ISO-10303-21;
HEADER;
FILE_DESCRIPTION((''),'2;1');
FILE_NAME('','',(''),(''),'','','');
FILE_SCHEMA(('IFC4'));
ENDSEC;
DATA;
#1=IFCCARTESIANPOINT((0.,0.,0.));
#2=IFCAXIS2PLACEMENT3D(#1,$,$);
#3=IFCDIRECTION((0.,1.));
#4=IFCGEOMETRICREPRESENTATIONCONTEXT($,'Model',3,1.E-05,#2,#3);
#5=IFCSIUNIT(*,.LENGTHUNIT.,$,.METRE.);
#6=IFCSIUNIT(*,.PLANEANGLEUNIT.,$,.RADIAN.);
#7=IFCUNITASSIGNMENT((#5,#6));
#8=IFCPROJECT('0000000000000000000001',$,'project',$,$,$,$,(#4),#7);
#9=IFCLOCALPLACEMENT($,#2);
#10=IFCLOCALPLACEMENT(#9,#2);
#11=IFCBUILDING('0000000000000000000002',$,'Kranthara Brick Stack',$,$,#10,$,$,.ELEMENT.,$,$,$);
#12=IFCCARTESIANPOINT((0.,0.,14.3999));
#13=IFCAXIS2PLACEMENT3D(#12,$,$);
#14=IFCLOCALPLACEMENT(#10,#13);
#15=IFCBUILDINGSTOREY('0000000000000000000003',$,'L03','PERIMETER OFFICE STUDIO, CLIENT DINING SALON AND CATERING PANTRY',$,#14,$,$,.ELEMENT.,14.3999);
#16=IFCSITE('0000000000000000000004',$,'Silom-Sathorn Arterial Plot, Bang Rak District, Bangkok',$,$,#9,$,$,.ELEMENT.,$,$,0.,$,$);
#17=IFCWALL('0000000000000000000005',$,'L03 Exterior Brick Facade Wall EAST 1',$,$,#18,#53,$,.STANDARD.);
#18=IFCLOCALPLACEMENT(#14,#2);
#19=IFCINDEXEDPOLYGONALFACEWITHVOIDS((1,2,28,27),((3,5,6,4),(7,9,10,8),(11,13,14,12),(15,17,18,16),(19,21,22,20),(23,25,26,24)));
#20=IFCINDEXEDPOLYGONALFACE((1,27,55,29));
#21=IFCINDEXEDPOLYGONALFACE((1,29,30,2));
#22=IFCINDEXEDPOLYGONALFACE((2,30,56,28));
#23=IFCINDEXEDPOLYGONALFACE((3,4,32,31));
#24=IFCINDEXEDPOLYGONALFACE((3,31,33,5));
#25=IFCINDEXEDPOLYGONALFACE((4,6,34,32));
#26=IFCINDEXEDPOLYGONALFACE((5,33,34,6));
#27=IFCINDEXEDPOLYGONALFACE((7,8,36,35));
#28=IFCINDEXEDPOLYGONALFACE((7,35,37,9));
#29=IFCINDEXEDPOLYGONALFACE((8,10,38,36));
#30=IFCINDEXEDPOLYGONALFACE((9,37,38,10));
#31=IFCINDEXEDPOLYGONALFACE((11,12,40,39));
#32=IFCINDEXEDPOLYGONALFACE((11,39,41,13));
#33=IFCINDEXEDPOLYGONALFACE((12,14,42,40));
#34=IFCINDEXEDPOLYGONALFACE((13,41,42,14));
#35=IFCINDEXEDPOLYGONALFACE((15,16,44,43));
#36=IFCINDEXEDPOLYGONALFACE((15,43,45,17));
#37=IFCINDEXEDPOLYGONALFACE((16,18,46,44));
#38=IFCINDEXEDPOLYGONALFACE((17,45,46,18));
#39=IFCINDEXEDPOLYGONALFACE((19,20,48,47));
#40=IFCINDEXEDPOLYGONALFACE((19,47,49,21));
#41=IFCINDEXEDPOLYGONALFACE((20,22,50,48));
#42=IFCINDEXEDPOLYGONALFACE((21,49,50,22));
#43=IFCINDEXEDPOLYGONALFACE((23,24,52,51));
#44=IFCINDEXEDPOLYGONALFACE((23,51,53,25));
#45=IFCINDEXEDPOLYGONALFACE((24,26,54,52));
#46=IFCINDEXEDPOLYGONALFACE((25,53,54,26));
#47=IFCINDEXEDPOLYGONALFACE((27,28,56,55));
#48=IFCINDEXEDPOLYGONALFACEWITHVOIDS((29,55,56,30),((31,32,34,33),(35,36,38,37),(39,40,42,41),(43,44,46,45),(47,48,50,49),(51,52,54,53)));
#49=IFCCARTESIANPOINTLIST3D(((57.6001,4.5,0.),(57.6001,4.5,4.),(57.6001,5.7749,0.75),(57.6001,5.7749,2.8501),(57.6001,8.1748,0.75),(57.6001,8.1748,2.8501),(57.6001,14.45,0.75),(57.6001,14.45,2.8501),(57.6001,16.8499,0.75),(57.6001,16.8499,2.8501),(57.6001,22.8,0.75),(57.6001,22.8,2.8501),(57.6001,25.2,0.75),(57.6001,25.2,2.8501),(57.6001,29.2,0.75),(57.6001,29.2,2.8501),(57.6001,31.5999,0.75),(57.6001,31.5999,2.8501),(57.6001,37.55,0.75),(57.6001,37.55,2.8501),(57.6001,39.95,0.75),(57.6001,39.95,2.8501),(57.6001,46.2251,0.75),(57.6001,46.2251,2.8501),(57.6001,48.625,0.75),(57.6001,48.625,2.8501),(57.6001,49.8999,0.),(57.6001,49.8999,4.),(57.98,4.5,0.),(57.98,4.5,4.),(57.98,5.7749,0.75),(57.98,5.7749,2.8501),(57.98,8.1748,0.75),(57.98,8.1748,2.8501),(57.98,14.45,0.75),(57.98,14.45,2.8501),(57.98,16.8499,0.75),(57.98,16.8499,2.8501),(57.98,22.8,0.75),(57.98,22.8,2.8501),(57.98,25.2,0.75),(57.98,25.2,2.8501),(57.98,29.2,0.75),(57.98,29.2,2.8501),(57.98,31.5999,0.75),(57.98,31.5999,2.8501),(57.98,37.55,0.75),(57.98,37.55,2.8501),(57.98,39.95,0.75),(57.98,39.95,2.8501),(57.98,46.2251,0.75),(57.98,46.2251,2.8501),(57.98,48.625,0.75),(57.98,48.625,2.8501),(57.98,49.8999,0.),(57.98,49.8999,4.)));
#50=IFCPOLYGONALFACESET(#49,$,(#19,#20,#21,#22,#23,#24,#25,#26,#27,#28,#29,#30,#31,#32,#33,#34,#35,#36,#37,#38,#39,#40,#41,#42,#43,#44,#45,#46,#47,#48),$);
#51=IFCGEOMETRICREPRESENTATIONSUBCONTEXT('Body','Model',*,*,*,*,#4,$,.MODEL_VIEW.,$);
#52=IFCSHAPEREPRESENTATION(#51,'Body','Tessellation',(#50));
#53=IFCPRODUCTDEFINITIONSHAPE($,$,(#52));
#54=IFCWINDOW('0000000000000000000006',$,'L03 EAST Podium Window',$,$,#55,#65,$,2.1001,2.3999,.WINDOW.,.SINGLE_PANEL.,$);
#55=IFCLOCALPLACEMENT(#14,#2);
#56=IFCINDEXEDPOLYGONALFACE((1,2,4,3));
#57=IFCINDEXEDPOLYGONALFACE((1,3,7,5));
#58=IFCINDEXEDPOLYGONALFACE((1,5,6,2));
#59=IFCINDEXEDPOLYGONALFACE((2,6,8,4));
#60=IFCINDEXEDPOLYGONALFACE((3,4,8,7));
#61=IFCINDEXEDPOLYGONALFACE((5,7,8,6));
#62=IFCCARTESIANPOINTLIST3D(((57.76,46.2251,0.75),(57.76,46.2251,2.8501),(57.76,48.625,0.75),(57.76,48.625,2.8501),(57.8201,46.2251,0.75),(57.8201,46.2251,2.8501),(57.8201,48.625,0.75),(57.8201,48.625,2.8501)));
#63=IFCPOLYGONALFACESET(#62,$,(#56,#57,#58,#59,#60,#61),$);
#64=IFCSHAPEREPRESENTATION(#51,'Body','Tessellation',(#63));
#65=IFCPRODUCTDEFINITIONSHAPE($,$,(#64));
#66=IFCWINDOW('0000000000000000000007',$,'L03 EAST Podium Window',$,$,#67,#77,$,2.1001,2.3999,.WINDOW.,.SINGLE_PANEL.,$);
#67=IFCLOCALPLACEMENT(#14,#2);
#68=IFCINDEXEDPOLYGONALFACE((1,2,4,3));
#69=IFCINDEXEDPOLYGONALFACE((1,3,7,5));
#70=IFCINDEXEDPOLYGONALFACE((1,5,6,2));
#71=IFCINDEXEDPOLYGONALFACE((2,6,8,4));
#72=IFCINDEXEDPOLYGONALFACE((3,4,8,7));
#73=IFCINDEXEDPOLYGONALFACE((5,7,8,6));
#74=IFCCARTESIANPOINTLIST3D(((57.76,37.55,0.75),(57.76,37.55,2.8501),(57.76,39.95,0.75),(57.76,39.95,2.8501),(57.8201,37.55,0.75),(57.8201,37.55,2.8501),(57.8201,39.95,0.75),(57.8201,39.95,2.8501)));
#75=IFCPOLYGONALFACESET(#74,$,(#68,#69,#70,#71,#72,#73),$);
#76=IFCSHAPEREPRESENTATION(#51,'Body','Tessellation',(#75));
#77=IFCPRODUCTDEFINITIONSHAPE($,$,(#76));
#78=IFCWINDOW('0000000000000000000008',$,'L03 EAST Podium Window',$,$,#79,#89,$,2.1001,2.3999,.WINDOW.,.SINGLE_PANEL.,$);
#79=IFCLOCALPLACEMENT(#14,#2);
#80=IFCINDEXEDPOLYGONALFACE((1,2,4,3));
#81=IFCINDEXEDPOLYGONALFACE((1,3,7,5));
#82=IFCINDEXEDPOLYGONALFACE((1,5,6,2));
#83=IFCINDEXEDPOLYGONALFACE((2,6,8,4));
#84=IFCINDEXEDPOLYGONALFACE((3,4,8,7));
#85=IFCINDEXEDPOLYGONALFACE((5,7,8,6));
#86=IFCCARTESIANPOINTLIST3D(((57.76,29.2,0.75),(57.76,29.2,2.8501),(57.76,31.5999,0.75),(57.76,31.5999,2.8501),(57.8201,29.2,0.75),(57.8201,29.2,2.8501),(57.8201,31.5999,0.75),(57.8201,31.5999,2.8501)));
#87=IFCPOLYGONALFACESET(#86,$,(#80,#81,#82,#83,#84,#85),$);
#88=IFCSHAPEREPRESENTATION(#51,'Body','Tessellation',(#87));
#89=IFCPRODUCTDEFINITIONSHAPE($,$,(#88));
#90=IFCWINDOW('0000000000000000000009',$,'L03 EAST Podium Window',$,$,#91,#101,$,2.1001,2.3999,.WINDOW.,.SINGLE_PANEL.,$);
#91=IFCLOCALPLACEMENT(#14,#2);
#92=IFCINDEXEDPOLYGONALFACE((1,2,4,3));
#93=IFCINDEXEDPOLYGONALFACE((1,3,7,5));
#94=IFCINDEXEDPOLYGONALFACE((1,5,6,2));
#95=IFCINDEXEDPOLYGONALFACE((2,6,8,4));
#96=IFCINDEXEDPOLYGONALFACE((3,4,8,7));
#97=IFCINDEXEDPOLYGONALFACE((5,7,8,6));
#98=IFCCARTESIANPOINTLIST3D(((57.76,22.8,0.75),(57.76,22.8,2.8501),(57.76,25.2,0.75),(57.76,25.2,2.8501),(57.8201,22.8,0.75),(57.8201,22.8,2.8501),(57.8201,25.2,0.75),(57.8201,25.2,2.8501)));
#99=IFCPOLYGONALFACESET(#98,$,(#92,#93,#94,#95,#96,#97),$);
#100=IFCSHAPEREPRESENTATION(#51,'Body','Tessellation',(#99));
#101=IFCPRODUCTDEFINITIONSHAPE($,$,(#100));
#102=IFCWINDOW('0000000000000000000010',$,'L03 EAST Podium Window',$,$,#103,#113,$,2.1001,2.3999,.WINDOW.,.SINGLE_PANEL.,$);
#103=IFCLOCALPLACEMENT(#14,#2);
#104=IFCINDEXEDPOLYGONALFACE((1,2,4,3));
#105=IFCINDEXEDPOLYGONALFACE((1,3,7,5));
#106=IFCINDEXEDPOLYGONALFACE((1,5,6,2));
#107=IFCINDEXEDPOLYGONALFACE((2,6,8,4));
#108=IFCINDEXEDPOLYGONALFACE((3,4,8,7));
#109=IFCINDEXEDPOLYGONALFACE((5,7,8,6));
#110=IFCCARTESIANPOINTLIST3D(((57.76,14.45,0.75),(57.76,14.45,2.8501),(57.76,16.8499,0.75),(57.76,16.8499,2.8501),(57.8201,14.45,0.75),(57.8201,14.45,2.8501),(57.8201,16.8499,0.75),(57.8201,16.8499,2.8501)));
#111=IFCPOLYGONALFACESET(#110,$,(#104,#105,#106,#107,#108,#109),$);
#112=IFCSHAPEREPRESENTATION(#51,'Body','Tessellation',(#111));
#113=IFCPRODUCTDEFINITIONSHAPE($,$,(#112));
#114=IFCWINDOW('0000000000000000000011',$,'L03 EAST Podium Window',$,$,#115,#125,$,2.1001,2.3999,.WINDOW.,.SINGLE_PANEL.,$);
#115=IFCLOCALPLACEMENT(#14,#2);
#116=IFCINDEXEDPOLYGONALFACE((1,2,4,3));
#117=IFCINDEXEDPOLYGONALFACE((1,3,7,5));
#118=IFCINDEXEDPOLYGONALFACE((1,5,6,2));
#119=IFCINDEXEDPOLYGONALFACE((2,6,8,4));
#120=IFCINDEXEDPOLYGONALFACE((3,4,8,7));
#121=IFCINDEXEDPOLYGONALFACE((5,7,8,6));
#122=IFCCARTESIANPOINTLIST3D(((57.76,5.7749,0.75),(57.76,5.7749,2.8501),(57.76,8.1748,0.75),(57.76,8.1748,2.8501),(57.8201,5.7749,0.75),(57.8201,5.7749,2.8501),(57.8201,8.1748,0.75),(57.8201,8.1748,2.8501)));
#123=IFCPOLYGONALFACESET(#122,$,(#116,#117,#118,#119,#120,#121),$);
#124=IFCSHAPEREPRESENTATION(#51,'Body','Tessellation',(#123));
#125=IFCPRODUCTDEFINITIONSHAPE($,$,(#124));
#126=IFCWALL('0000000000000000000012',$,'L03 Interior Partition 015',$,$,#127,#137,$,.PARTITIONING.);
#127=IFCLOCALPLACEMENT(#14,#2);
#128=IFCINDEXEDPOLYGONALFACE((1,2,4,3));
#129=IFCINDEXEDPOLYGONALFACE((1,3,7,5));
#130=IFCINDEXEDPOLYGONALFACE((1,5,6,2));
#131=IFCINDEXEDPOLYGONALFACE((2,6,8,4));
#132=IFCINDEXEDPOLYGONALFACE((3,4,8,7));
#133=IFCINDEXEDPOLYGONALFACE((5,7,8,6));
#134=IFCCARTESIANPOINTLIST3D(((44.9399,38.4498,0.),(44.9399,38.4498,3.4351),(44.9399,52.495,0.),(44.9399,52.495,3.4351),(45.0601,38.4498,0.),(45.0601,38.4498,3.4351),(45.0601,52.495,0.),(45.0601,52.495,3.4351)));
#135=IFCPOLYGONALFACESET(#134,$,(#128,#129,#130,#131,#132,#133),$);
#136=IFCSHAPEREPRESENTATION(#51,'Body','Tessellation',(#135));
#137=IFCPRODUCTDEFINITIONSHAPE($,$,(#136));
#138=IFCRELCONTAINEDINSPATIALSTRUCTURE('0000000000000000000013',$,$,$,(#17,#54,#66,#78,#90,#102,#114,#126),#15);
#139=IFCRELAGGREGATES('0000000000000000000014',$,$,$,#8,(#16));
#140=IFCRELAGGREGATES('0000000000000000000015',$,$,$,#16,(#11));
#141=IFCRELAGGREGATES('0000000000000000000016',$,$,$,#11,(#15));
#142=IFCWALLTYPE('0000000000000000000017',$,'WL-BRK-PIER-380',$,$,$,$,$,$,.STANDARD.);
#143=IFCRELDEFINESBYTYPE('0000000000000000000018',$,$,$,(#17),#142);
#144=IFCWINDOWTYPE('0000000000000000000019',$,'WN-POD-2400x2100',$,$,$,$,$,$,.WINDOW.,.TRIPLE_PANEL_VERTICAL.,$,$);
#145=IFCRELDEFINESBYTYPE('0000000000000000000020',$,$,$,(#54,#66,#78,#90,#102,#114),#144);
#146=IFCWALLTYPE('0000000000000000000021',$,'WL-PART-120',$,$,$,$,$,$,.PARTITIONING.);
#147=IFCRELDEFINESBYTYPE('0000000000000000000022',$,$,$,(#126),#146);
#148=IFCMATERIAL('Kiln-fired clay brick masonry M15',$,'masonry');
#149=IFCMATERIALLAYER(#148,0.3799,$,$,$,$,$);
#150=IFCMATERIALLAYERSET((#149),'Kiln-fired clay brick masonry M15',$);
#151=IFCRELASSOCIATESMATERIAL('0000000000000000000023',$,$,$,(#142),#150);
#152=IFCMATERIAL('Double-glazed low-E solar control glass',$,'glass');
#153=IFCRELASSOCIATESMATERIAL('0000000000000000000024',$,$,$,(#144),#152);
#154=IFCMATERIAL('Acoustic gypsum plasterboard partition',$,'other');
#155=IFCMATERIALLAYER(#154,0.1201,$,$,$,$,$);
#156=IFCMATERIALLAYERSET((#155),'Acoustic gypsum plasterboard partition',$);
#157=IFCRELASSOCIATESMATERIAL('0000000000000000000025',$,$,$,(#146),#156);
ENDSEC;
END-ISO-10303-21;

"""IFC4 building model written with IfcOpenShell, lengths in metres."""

from ifc_helpers import new_model, si_unit, direction, frame, frame_2d, origin, place, context, subcontext, project, spatial, rectangle, extrude, material, layer, layer_set, type_object, element, fill, save


model = new_model("IFC4")

# Units and contexts
model_context = context("Model", 3, precision=1e-05, world=origin(), true_north=direction((0.0, 1.0)))
body_context = subcontext(model_context, "Body", "Model", "MODEL_VIEW")
ifc_project = project(units=[si_unit("LENGTHUNIT", "METRE"), si_unit("PLANEANGLEUNIT", "RADIAN")], contexts=[model_context])

# Site, building, storey
site_placement = place(None, origin())
site = spatial("IfcSite", under=ifc_project, at=site_placement, Name="Silom-Sathorn Arterial Plot, Bang Rak District, Bangkok", CompositionType="ELEMENT", RefElevation=0.0)
building_placement = place(site_placement, origin())
building = spatial("IfcBuilding", under=site, at=building_placement, Name="Kranthara Brick Stack", CompositionType="ELEMENT")
storey_placement = place(building_placement, frame((0.0, 0.0, 14.3999)))
storey = spatial("IfcBuildingStorey", under=building, at=storey_placement, Name="L03", Description="PERIMETER OFFICE STUDIO, CLIENT DINING SALON AND CATERING PANTRY", CompositionType="ELEMENT", Elevation=14.3999)

# Shared definitions
ifc_material_1 = material(Name="Kiln-fired clay brick masonry M15", Category="masonry")
ifc_layer_1 = layer(ifc_material_1, 0.3799)
ifc_layer_set_1 = layer_set([ifc_layer_1], Name="Kiln-fired clay brick masonry M15")
wall_type_1 = type_object("IfcWallType", Name="WL-BRK-PIER-380", PredefinedType="STANDARD", material=ifc_layer_set_1)

# Wall, openings, windows
wall_1_placement = place(storey_placement, frame((57.79, 49.8999, 0.0), z_axis=(0.0, 0.0, 1.0), x_axis=(0.0, -1.0, 0.0)))
wall_1 = element("IfcWall", 1, at=wall_1_placement, inside=storey, type_object=wall_type_1, Name="L03 Exterior Brick Facade Wall EAST 1", PredefinedType="STANDARD", context=body_context, shape_type="SweptSolid", body=[
    extrude(rectangle(XDim=45.3999, YDim=0.3799, at=frame_2d((22.7, 0.0))), origin(), (0.0, 0.0, 1.0), 4.0),
])
opening_1_placement = place(wall_1_placement, frame((1.2749, 0.0, 0.75)))
opening_1 = element("IfcOpeningElement", 2, at=opening_1_placement, cuts=wall_1, PredefinedType="OPENING", context=body_context, shape_type="SweptSolid", body=[
    extrude(rectangle(XDim=2.3999, YDim=2.1001, at=frame_2d((1.2, 1.05))), frame((0.0, 0.2, 0.0), z_axis=(0.0, -1.0, 0.0), x_axis=(1.0, 0.0, 0.0)), (0.0, 0.0, 1.0), 0.3999),
])
opening_2_placement = place(wall_1_placement, frame((9.95, 0.0, 0.75)))
opening_2 = element("IfcOpeningElement", 3, at=opening_2_placement, cuts=wall_1, PredefinedType="OPENING", context=body_context, shape_type="SweptSolid", body=[
    extrude(rectangle(XDim=2.3999, YDim=2.1001, at=frame_2d((1.2, 1.05))), frame((0.0, 0.2, 0.0), z_axis=(0.0, -1.0, 0.0), x_axis=(1.0, 0.0, 0.0)), (0.0, 0.0, 1.0), 0.3999),
])
opening_3_placement = place(wall_1_placement, frame((18.3, 0.0, 0.75)))
opening_3 = element("IfcOpeningElement", 4, at=opening_3_placement, cuts=wall_1, PredefinedType="OPENING", context=body_context, shape_type="SweptSolid", body=[
    extrude(rectangle(XDim=2.3999, YDim=2.1001, at=frame_2d((1.2, 1.05))), frame((0.0, 0.2, 0.0), z_axis=(0.0, -1.0, 0.0), x_axis=(1.0, 0.0, 0.0)), (0.0, 0.0, 1.0), 0.3999),
])
opening_4_placement = place(wall_1_placement, frame((24.7, 0.0, 0.75)))
opening_4 = element("IfcOpeningElement", 5, at=opening_4_placement, cuts=wall_1, PredefinedType="OPENING", context=body_context, shape_type="SweptSolid", body=[
    extrude(rectangle(XDim=2.3999, YDim=2.1001, at=frame_2d((1.2, 1.05))), frame((0.0, 0.2, 0.0), z_axis=(0.0, -1.0, 0.0), x_axis=(1.0, 0.0, 0.0)), (0.0, 0.0, 1.0), 0.3999),
])
opening_5_placement = place(wall_1_placement, frame((33.05, 0.0, 0.75)))
opening_5 = element("IfcOpeningElement", 6, at=opening_5_placement, cuts=wall_1, PredefinedType="OPENING", context=body_context, shape_type="SweptSolid", body=[
    extrude(rectangle(XDim=2.3999, YDim=2.1001, at=frame_2d((1.2, 1.05))), frame((0.0, 0.2, 0.0), z_axis=(0.0, -1.0, 0.0), x_axis=(1.0, 0.0, 0.0)), (0.0, 0.0, 1.0), 0.3999),
])
opening_6_placement = place(wall_1_placement, frame((41.7251, 0.0, 0.75)))
opening_6 = element("IfcOpeningElement", 7, at=opening_6_placement, cuts=wall_1, PredefinedType="OPENING", context=body_context, shape_type="SweptSolid", body=[
    extrude(rectangle(XDim=2.3999, YDim=2.1001, at=frame_2d((1.2, 1.05))), frame((0.0, 0.2, 0.0), z_axis=(0.0, -1.0, 0.0), x_axis=(1.0, 0.0, 0.0)), (0.0, 0.0, 1.0), 0.3999),
])
ifc_material_2 = material(Name="Double-glazed low-E solar control glass", Category="glass")
window_type = type_object("IfcWindowType", Name="WN-POD-2400x2100", PartitioningType="TRIPLE_PANEL_VERTICAL", PredefinedType="WINDOW", material=ifc_material_2)
window_1_placement = place(opening_1_placement, origin())
window_1 = element("IfcWindow", 8, at=window_1_placement, inside=storey, type_object=window_type, Name="L03 EAST Podium Window", OverallHeight=2.1001, OverallWidth=2.3999, PartitioningType="SINGLE_PANEL", PredefinedType="WINDOW", context=body_context, shape_type="SweptSolid", body=[
    extrude(rectangle(XDim=2.3999, YDim=2.1001, at=frame_2d((1.2, 1.05))), frame((0.0, 0.03, 0.0), z_axis=(0.0, -1.0, 0.0), x_axis=(1.0, 0.0, 0.0)), (0.0, 0.0, 1.0), 0.0601),
])
fill(opening_1, window_1)
window_2_placement = place(opening_2_placement, origin())
window_2 = element("IfcWindow", 9, at=window_2_placement, inside=storey, type_object=window_type, Name="L03 EAST Podium Window", OverallHeight=2.1001, OverallWidth=2.3999, PartitioningType="SINGLE_PANEL", PredefinedType="WINDOW", context=body_context, shape_type="SweptSolid", body=[
    extrude(rectangle(XDim=2.3999, YDim=2.1001, at=frame_2d((1.2, 1.05))), frame((0.0, 0.03, 0.0), z_axis=(0.0, -1.0, 0.0), x_axis=(1.0, 0.0, 0.0)), (0.0, 0.0, 1.0), 0.0601),
])
fill(opening_2, window_2)
window_3_placement = place(opening_3_placement, origin())
window_3 = element("IfcWindow", 10, at=window_3_placement, inside=storey, type_object=window_type, Name="L03 EAST Podium Window", OverallHeight=2.1001, OverallWidth=2.3999, PartitioningType="SINGLE_PANEL", PredefinedType="WINDOW", context=body_context, shape_type="SweptSolid", body=[
    extrude(rectangle(XDim=2.3999, YDim=2.1001, at=frame_2d((1.2, 1.05))), frame((0.0, 0.03, 0.0), z_axis=(0.0, -1.0, 0.0), x_axis=(1.0, 0.0, 0.0)), (0.0, 0.0, 1.0), 0.0601),
])
fill(opening_3, window_3)
window_4_placement = place(opening_4_placement, origin())
window_4 = element("IfcWindow", 11, at=window_4_placement, inside=storey, type_object=window_type, Name="L03 EAST Podium Window", OverallHeight=2.1001, OverallWidth=2.3999, PartitioningType="SINGLE_PANEL", PredefinedType="WINDOW", context=body_context, shape_type="SweptSolid", body=[
    extrude(rectangle(XDim=2.3999, YDim=2.1001, at=frame_2d((1.2, 1.05))), frame((0.0, 0.03, 0.0), z_axis=(0.0, -1.0, 0.0), x_axis=(1.0, 0.0, 0.0)), (0.0, 0.0, 1.0), 0.0601),
])
fill(opening_4, window_4)
window_5_placement = place(opening_5_placement, origin())
window_5 = element("IfcWindow", 12, at=window_5_placement, inside=storey, type_object=window_type, Name="L03 EAST Podium Window", OverallHeight=2.1001, OverallWidth=2.3999, PartitioningType="SINGLE_PANEL", PredefinedType="WINDOW", context=body_context, shape_type="SweptSolid", body=[
    extrude(rectangle(XDim=2.3999, YDim=2.1001, at=frame_2d((1.2, 1.05))), frame((0.0, 0.03, 0.0), z_axis=(0.0, -1.0, 0.0), x_axis=(1.0, 0.0, 0.0)), (0.0, 0.0, 1.0), 0.0601),
])
fill(opening_5, window_5)
window_6_placement = place(opening_6_placement, origin())
window_6 = element("IfcWindow", 13, at=window_6_placement, inside=storey, type_object=window_type, Name="L03 EAST Podium Window", OverallHeight=2.1001, OverallWidth=2.3999, PartitioningType="SINGLE_PANEL", PredefinedType="WINDOW", context=body_context, shape_type="SweptSolid", body=[
    extrude(rectangle(XDim=2.3999, YDim=2.1001, at=frame_2d((1.2, 1.05))), frame((0.0, 0.03, 0.0), z_axis=(0.0, -1.0, 0.0), x_axis=(1.0, 0.0, 0.0)), (0.0, 0.0, 1.0), 0.0601),
])
fill(opening_6, window_6)

# Wall
ifc_material_3 = material(Name="Acoustic gypsum plasterboard partition", Category="other")
ifc_layer_2 = layer(ifc_material_3, 0.1201)
ifc_layer_set_2 = layer_set([ifc_layer_2], Name="Acoustic gypsum plasterboard partition")
wall_type_2 = type_object("IfcWallType", Name="WL-PART-120", PredefinedType="PARTITIONING", material=ifc_layer_set_2)
wall_2_placement = place(storey_placement, frame((45.0, 38.45, 0.0), z_axis=(0.0, 0.0, 1.0), x_axis=(0.0, 1.0, 0.0)))
element("IfcWall", 14, at=wall_2_placement, inside=storey, type_object=wall_type_2, Name="L03 Interior Partition 015", PredefinedType="PARTITIONING", context=body_context, shape_type="SweptSolid", body=[
    extrude(rectangle(XDim=14.0452, YDim=0.1201, at=frame_2d((7.0225, 0.0))), origin(), (0.0, 0.0, 1.0), 3.4351),
])

save(model, "model.ifc")
